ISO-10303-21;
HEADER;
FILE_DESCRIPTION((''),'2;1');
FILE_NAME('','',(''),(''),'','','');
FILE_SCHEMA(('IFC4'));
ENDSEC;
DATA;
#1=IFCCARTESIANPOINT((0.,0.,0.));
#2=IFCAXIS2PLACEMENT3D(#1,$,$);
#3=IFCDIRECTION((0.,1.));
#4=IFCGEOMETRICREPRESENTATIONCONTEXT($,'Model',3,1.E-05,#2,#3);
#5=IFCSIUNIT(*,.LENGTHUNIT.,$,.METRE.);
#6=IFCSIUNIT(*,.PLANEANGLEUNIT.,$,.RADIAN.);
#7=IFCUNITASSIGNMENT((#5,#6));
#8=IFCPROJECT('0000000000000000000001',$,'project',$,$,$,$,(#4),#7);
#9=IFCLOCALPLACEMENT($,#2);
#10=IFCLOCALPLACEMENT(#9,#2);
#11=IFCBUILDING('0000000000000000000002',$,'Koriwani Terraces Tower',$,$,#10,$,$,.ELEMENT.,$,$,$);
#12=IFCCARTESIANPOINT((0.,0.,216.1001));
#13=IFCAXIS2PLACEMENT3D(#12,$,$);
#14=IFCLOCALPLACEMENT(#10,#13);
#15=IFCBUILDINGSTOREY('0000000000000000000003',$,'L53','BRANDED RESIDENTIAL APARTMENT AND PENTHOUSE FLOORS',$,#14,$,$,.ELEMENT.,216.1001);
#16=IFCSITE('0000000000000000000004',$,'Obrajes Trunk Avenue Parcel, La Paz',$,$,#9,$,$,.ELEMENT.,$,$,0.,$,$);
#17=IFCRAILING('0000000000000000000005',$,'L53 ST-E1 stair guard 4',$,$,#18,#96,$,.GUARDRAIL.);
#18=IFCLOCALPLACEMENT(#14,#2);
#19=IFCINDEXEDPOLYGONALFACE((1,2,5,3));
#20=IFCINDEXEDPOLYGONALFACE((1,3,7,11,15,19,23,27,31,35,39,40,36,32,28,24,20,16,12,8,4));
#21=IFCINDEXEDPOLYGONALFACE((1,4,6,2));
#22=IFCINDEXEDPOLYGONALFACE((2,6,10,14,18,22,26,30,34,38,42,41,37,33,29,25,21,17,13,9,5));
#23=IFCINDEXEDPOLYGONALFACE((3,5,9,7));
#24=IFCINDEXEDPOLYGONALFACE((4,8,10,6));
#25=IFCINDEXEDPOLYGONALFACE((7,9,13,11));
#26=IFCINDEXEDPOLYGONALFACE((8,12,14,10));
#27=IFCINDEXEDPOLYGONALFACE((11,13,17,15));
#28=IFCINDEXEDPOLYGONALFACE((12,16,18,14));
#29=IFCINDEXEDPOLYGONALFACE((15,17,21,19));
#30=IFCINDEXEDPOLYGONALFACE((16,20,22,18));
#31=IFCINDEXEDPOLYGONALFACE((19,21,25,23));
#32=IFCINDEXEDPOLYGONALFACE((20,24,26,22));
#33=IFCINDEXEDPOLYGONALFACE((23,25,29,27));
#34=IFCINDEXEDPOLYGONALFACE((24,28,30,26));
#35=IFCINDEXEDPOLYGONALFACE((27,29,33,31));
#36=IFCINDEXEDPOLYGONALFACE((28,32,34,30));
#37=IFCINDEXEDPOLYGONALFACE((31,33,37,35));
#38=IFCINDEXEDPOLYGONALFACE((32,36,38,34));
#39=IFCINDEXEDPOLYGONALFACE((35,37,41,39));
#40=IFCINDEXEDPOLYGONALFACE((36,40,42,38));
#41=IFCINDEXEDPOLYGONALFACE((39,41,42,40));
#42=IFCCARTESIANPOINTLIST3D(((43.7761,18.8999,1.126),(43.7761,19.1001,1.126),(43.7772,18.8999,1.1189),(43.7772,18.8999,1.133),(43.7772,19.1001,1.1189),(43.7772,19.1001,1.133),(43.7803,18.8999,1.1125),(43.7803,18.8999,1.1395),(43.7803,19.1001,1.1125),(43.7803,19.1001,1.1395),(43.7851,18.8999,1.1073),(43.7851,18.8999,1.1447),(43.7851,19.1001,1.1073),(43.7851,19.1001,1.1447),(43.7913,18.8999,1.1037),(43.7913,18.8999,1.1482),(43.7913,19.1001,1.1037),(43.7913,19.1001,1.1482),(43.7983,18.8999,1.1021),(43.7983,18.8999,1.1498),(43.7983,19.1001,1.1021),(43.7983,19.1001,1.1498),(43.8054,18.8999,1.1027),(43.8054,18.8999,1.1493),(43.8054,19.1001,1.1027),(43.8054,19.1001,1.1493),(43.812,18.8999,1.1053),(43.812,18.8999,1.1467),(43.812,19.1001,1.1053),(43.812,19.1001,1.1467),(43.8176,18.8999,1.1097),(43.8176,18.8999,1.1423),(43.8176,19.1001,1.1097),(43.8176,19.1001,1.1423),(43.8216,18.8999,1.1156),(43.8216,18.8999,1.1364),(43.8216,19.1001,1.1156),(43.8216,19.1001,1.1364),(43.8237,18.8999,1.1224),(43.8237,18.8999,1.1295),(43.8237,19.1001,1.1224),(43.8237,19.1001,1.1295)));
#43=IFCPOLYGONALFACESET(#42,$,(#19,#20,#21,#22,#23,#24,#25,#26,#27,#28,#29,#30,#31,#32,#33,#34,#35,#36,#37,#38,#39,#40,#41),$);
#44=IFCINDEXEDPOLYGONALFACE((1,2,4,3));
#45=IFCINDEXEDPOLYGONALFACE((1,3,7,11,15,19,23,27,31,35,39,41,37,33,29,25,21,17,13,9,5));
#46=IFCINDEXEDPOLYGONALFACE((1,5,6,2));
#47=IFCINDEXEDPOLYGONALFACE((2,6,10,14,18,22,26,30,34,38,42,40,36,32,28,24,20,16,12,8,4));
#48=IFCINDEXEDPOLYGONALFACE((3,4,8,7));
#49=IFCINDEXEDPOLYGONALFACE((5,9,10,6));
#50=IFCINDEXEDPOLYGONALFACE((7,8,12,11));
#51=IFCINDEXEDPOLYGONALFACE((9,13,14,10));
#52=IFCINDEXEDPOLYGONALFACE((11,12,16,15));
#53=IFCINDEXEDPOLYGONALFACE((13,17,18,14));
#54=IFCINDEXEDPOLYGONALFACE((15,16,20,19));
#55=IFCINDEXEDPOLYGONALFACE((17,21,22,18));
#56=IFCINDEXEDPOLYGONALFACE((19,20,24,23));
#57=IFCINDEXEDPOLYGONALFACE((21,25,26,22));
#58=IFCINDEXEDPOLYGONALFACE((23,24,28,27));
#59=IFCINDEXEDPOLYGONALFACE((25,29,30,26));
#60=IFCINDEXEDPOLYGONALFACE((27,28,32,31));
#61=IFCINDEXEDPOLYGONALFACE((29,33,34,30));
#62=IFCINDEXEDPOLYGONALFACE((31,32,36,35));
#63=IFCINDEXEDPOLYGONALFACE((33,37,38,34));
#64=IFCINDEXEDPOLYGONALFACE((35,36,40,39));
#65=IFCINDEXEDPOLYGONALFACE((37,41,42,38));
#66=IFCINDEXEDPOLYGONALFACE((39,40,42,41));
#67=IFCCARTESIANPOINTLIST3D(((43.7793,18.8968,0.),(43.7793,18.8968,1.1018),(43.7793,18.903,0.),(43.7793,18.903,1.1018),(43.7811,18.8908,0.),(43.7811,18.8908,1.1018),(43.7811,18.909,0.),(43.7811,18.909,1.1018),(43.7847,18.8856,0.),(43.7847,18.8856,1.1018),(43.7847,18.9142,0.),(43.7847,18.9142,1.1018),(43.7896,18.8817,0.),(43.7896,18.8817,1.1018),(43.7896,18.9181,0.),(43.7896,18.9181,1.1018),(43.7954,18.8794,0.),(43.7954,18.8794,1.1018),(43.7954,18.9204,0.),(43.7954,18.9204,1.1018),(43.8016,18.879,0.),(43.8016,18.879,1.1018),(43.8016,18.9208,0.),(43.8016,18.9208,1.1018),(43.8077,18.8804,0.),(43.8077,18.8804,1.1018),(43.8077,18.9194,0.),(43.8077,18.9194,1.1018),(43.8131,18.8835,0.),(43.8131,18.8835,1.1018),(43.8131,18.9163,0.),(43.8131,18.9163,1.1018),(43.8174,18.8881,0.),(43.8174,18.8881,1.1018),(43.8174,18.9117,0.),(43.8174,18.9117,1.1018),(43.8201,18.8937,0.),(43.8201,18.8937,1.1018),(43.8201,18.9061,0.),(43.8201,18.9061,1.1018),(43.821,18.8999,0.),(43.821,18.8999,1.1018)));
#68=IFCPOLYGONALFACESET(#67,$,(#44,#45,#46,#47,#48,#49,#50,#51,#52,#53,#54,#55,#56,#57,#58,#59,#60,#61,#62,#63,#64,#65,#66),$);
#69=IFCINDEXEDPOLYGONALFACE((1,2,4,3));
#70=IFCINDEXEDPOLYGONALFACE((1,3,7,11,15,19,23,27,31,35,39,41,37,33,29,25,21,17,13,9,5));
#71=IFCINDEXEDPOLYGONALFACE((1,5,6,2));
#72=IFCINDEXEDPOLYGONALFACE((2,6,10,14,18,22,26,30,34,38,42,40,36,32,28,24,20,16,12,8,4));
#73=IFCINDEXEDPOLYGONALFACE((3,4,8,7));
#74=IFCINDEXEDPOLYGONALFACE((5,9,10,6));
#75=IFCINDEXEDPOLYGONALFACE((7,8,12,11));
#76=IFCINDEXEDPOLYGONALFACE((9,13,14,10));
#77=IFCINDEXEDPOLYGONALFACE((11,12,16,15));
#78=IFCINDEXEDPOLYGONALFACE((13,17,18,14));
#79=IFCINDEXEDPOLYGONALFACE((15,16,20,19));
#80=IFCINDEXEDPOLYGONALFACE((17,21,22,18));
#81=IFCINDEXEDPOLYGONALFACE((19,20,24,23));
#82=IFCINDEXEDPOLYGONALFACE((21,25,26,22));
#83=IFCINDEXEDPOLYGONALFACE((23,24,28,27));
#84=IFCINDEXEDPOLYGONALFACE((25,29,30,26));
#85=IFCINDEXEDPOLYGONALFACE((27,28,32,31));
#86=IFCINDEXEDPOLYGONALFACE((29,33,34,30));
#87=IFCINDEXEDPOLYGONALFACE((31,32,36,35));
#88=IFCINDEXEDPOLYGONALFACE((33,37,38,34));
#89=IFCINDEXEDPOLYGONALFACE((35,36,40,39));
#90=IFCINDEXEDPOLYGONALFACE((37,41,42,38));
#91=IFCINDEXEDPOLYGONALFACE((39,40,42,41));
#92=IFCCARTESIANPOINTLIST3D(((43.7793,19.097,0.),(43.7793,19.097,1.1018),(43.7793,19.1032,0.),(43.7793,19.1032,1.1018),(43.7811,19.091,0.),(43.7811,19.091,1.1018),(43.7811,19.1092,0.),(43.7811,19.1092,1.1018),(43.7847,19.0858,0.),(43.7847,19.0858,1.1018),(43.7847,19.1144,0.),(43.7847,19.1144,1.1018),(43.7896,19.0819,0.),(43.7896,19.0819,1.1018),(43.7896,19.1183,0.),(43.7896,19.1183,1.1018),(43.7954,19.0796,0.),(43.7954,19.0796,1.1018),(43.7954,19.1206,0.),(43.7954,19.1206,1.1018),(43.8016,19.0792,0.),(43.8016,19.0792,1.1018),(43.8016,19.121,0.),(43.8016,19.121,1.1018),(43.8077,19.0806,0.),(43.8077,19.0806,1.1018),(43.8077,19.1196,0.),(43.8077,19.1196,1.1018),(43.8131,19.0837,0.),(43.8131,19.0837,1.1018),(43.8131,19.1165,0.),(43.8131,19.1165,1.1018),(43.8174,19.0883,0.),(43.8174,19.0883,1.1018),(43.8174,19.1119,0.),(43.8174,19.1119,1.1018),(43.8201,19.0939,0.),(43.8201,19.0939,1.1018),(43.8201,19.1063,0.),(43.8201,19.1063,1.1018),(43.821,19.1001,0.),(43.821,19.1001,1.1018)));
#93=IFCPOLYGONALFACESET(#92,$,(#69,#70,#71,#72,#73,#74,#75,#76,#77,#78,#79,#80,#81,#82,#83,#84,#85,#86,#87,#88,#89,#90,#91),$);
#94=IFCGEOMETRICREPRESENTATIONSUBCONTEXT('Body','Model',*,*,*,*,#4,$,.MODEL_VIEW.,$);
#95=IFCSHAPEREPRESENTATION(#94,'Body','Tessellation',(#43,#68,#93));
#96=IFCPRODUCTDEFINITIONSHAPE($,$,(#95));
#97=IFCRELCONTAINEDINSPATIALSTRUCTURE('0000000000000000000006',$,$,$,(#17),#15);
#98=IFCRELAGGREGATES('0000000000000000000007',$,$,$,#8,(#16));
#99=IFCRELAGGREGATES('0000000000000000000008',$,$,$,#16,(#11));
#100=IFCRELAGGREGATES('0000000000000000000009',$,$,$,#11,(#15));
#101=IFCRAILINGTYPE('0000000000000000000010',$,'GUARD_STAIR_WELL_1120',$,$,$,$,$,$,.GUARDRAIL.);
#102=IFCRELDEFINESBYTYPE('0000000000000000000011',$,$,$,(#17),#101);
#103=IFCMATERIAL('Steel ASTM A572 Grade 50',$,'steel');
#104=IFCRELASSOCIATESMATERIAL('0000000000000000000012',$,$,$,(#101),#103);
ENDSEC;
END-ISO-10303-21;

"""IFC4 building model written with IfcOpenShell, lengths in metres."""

from ifc_helpers import new_model, si_unit, direction, frame, origin, origin_2d, place, context, subcontext, project, spatial, circle, extrude, material, type_object, element, save


model = new_model("IFC4")

# Units and contexts
model_context = context("Model", 3, precision=1e-05, world=origin(), true_north=direction((0.0, 1.0)))
body_context = subcontext(model_context, "Body", "Model", "MODEL_VIEW")
ifc_project = project(units=[si_unit("LENGTHUNIT", "METRE"), si_unit("PLANEANGLEUNIT", "RADIAN")], contexts=[model_context])

# Site, building, storey
site_placement = place(None, origin())
site = spatial("IfcSite", under=ifc_project, at=site_placement, Name="Obrajes Trunk Avenue Parcel, La Paz", CompositionType="ELEMENT", RefElevation=0.0)
building_placement = place(site_placement, origin())
building = spatial("IfcBuilding", under=site, at=building_placement, Name="Koriwani Terraces Tower", CompositionType="ELEMENT")
storey_placement = place(building_placement, frame((0.0, 0.0, 216.1001)))
storey = spatial("IfcBuildingStorey", under=building, at=storey_placement, Name="L53", Description="BRANDED RESIDENTIAL APARTMENT AND PENTHOUSE FLOORS", CompositionType="ELEMENT", Elevation=216.1001)

# Shared definitions
ifc_material_1 = material(Name="Steel ASTM A572 Grade 50", Category="steel")

# Railing
railing_type_1 = type_object("IfcRailingType", Name="GUARD_STAIR_WELL_1120", PredefinedType="GUARDRAIL", material=ifc_material_1)
railing_1_placement = place(storey_placement, frame((43.8, 18.8999, 0.0)))
element("IfcRailing", 1, at=railing_1_placement, inside=storey, type_object=railing_type_1, Name="L53 ST-E1 stair guard 4", PredefinedType="GUARDRAIL", context=body_context, shape_type="SweptSolid", body=[
    extrude(circle(Radius=0.0239, at=origin_2d()), frame((0.0, 0.0, 1.126), z_axis=(0.0, 1.0, 0.0), x_axis=(-1.0, 0.0, 0.0)), (0.0, 0.0, 1.0), 0.2002),
    extrude(circle(Radius=0.021, at=origin_2d()), origin(), (0.0, 0.0, 1.0), 1.1018),
    extrude(circle(Radius=0.021, at=origin_2d()), frame((0.0, 0.2002, 0.0)), (0.0, 0.0, 1.0), 1.1018),
])

save(model, "model.ifc")
